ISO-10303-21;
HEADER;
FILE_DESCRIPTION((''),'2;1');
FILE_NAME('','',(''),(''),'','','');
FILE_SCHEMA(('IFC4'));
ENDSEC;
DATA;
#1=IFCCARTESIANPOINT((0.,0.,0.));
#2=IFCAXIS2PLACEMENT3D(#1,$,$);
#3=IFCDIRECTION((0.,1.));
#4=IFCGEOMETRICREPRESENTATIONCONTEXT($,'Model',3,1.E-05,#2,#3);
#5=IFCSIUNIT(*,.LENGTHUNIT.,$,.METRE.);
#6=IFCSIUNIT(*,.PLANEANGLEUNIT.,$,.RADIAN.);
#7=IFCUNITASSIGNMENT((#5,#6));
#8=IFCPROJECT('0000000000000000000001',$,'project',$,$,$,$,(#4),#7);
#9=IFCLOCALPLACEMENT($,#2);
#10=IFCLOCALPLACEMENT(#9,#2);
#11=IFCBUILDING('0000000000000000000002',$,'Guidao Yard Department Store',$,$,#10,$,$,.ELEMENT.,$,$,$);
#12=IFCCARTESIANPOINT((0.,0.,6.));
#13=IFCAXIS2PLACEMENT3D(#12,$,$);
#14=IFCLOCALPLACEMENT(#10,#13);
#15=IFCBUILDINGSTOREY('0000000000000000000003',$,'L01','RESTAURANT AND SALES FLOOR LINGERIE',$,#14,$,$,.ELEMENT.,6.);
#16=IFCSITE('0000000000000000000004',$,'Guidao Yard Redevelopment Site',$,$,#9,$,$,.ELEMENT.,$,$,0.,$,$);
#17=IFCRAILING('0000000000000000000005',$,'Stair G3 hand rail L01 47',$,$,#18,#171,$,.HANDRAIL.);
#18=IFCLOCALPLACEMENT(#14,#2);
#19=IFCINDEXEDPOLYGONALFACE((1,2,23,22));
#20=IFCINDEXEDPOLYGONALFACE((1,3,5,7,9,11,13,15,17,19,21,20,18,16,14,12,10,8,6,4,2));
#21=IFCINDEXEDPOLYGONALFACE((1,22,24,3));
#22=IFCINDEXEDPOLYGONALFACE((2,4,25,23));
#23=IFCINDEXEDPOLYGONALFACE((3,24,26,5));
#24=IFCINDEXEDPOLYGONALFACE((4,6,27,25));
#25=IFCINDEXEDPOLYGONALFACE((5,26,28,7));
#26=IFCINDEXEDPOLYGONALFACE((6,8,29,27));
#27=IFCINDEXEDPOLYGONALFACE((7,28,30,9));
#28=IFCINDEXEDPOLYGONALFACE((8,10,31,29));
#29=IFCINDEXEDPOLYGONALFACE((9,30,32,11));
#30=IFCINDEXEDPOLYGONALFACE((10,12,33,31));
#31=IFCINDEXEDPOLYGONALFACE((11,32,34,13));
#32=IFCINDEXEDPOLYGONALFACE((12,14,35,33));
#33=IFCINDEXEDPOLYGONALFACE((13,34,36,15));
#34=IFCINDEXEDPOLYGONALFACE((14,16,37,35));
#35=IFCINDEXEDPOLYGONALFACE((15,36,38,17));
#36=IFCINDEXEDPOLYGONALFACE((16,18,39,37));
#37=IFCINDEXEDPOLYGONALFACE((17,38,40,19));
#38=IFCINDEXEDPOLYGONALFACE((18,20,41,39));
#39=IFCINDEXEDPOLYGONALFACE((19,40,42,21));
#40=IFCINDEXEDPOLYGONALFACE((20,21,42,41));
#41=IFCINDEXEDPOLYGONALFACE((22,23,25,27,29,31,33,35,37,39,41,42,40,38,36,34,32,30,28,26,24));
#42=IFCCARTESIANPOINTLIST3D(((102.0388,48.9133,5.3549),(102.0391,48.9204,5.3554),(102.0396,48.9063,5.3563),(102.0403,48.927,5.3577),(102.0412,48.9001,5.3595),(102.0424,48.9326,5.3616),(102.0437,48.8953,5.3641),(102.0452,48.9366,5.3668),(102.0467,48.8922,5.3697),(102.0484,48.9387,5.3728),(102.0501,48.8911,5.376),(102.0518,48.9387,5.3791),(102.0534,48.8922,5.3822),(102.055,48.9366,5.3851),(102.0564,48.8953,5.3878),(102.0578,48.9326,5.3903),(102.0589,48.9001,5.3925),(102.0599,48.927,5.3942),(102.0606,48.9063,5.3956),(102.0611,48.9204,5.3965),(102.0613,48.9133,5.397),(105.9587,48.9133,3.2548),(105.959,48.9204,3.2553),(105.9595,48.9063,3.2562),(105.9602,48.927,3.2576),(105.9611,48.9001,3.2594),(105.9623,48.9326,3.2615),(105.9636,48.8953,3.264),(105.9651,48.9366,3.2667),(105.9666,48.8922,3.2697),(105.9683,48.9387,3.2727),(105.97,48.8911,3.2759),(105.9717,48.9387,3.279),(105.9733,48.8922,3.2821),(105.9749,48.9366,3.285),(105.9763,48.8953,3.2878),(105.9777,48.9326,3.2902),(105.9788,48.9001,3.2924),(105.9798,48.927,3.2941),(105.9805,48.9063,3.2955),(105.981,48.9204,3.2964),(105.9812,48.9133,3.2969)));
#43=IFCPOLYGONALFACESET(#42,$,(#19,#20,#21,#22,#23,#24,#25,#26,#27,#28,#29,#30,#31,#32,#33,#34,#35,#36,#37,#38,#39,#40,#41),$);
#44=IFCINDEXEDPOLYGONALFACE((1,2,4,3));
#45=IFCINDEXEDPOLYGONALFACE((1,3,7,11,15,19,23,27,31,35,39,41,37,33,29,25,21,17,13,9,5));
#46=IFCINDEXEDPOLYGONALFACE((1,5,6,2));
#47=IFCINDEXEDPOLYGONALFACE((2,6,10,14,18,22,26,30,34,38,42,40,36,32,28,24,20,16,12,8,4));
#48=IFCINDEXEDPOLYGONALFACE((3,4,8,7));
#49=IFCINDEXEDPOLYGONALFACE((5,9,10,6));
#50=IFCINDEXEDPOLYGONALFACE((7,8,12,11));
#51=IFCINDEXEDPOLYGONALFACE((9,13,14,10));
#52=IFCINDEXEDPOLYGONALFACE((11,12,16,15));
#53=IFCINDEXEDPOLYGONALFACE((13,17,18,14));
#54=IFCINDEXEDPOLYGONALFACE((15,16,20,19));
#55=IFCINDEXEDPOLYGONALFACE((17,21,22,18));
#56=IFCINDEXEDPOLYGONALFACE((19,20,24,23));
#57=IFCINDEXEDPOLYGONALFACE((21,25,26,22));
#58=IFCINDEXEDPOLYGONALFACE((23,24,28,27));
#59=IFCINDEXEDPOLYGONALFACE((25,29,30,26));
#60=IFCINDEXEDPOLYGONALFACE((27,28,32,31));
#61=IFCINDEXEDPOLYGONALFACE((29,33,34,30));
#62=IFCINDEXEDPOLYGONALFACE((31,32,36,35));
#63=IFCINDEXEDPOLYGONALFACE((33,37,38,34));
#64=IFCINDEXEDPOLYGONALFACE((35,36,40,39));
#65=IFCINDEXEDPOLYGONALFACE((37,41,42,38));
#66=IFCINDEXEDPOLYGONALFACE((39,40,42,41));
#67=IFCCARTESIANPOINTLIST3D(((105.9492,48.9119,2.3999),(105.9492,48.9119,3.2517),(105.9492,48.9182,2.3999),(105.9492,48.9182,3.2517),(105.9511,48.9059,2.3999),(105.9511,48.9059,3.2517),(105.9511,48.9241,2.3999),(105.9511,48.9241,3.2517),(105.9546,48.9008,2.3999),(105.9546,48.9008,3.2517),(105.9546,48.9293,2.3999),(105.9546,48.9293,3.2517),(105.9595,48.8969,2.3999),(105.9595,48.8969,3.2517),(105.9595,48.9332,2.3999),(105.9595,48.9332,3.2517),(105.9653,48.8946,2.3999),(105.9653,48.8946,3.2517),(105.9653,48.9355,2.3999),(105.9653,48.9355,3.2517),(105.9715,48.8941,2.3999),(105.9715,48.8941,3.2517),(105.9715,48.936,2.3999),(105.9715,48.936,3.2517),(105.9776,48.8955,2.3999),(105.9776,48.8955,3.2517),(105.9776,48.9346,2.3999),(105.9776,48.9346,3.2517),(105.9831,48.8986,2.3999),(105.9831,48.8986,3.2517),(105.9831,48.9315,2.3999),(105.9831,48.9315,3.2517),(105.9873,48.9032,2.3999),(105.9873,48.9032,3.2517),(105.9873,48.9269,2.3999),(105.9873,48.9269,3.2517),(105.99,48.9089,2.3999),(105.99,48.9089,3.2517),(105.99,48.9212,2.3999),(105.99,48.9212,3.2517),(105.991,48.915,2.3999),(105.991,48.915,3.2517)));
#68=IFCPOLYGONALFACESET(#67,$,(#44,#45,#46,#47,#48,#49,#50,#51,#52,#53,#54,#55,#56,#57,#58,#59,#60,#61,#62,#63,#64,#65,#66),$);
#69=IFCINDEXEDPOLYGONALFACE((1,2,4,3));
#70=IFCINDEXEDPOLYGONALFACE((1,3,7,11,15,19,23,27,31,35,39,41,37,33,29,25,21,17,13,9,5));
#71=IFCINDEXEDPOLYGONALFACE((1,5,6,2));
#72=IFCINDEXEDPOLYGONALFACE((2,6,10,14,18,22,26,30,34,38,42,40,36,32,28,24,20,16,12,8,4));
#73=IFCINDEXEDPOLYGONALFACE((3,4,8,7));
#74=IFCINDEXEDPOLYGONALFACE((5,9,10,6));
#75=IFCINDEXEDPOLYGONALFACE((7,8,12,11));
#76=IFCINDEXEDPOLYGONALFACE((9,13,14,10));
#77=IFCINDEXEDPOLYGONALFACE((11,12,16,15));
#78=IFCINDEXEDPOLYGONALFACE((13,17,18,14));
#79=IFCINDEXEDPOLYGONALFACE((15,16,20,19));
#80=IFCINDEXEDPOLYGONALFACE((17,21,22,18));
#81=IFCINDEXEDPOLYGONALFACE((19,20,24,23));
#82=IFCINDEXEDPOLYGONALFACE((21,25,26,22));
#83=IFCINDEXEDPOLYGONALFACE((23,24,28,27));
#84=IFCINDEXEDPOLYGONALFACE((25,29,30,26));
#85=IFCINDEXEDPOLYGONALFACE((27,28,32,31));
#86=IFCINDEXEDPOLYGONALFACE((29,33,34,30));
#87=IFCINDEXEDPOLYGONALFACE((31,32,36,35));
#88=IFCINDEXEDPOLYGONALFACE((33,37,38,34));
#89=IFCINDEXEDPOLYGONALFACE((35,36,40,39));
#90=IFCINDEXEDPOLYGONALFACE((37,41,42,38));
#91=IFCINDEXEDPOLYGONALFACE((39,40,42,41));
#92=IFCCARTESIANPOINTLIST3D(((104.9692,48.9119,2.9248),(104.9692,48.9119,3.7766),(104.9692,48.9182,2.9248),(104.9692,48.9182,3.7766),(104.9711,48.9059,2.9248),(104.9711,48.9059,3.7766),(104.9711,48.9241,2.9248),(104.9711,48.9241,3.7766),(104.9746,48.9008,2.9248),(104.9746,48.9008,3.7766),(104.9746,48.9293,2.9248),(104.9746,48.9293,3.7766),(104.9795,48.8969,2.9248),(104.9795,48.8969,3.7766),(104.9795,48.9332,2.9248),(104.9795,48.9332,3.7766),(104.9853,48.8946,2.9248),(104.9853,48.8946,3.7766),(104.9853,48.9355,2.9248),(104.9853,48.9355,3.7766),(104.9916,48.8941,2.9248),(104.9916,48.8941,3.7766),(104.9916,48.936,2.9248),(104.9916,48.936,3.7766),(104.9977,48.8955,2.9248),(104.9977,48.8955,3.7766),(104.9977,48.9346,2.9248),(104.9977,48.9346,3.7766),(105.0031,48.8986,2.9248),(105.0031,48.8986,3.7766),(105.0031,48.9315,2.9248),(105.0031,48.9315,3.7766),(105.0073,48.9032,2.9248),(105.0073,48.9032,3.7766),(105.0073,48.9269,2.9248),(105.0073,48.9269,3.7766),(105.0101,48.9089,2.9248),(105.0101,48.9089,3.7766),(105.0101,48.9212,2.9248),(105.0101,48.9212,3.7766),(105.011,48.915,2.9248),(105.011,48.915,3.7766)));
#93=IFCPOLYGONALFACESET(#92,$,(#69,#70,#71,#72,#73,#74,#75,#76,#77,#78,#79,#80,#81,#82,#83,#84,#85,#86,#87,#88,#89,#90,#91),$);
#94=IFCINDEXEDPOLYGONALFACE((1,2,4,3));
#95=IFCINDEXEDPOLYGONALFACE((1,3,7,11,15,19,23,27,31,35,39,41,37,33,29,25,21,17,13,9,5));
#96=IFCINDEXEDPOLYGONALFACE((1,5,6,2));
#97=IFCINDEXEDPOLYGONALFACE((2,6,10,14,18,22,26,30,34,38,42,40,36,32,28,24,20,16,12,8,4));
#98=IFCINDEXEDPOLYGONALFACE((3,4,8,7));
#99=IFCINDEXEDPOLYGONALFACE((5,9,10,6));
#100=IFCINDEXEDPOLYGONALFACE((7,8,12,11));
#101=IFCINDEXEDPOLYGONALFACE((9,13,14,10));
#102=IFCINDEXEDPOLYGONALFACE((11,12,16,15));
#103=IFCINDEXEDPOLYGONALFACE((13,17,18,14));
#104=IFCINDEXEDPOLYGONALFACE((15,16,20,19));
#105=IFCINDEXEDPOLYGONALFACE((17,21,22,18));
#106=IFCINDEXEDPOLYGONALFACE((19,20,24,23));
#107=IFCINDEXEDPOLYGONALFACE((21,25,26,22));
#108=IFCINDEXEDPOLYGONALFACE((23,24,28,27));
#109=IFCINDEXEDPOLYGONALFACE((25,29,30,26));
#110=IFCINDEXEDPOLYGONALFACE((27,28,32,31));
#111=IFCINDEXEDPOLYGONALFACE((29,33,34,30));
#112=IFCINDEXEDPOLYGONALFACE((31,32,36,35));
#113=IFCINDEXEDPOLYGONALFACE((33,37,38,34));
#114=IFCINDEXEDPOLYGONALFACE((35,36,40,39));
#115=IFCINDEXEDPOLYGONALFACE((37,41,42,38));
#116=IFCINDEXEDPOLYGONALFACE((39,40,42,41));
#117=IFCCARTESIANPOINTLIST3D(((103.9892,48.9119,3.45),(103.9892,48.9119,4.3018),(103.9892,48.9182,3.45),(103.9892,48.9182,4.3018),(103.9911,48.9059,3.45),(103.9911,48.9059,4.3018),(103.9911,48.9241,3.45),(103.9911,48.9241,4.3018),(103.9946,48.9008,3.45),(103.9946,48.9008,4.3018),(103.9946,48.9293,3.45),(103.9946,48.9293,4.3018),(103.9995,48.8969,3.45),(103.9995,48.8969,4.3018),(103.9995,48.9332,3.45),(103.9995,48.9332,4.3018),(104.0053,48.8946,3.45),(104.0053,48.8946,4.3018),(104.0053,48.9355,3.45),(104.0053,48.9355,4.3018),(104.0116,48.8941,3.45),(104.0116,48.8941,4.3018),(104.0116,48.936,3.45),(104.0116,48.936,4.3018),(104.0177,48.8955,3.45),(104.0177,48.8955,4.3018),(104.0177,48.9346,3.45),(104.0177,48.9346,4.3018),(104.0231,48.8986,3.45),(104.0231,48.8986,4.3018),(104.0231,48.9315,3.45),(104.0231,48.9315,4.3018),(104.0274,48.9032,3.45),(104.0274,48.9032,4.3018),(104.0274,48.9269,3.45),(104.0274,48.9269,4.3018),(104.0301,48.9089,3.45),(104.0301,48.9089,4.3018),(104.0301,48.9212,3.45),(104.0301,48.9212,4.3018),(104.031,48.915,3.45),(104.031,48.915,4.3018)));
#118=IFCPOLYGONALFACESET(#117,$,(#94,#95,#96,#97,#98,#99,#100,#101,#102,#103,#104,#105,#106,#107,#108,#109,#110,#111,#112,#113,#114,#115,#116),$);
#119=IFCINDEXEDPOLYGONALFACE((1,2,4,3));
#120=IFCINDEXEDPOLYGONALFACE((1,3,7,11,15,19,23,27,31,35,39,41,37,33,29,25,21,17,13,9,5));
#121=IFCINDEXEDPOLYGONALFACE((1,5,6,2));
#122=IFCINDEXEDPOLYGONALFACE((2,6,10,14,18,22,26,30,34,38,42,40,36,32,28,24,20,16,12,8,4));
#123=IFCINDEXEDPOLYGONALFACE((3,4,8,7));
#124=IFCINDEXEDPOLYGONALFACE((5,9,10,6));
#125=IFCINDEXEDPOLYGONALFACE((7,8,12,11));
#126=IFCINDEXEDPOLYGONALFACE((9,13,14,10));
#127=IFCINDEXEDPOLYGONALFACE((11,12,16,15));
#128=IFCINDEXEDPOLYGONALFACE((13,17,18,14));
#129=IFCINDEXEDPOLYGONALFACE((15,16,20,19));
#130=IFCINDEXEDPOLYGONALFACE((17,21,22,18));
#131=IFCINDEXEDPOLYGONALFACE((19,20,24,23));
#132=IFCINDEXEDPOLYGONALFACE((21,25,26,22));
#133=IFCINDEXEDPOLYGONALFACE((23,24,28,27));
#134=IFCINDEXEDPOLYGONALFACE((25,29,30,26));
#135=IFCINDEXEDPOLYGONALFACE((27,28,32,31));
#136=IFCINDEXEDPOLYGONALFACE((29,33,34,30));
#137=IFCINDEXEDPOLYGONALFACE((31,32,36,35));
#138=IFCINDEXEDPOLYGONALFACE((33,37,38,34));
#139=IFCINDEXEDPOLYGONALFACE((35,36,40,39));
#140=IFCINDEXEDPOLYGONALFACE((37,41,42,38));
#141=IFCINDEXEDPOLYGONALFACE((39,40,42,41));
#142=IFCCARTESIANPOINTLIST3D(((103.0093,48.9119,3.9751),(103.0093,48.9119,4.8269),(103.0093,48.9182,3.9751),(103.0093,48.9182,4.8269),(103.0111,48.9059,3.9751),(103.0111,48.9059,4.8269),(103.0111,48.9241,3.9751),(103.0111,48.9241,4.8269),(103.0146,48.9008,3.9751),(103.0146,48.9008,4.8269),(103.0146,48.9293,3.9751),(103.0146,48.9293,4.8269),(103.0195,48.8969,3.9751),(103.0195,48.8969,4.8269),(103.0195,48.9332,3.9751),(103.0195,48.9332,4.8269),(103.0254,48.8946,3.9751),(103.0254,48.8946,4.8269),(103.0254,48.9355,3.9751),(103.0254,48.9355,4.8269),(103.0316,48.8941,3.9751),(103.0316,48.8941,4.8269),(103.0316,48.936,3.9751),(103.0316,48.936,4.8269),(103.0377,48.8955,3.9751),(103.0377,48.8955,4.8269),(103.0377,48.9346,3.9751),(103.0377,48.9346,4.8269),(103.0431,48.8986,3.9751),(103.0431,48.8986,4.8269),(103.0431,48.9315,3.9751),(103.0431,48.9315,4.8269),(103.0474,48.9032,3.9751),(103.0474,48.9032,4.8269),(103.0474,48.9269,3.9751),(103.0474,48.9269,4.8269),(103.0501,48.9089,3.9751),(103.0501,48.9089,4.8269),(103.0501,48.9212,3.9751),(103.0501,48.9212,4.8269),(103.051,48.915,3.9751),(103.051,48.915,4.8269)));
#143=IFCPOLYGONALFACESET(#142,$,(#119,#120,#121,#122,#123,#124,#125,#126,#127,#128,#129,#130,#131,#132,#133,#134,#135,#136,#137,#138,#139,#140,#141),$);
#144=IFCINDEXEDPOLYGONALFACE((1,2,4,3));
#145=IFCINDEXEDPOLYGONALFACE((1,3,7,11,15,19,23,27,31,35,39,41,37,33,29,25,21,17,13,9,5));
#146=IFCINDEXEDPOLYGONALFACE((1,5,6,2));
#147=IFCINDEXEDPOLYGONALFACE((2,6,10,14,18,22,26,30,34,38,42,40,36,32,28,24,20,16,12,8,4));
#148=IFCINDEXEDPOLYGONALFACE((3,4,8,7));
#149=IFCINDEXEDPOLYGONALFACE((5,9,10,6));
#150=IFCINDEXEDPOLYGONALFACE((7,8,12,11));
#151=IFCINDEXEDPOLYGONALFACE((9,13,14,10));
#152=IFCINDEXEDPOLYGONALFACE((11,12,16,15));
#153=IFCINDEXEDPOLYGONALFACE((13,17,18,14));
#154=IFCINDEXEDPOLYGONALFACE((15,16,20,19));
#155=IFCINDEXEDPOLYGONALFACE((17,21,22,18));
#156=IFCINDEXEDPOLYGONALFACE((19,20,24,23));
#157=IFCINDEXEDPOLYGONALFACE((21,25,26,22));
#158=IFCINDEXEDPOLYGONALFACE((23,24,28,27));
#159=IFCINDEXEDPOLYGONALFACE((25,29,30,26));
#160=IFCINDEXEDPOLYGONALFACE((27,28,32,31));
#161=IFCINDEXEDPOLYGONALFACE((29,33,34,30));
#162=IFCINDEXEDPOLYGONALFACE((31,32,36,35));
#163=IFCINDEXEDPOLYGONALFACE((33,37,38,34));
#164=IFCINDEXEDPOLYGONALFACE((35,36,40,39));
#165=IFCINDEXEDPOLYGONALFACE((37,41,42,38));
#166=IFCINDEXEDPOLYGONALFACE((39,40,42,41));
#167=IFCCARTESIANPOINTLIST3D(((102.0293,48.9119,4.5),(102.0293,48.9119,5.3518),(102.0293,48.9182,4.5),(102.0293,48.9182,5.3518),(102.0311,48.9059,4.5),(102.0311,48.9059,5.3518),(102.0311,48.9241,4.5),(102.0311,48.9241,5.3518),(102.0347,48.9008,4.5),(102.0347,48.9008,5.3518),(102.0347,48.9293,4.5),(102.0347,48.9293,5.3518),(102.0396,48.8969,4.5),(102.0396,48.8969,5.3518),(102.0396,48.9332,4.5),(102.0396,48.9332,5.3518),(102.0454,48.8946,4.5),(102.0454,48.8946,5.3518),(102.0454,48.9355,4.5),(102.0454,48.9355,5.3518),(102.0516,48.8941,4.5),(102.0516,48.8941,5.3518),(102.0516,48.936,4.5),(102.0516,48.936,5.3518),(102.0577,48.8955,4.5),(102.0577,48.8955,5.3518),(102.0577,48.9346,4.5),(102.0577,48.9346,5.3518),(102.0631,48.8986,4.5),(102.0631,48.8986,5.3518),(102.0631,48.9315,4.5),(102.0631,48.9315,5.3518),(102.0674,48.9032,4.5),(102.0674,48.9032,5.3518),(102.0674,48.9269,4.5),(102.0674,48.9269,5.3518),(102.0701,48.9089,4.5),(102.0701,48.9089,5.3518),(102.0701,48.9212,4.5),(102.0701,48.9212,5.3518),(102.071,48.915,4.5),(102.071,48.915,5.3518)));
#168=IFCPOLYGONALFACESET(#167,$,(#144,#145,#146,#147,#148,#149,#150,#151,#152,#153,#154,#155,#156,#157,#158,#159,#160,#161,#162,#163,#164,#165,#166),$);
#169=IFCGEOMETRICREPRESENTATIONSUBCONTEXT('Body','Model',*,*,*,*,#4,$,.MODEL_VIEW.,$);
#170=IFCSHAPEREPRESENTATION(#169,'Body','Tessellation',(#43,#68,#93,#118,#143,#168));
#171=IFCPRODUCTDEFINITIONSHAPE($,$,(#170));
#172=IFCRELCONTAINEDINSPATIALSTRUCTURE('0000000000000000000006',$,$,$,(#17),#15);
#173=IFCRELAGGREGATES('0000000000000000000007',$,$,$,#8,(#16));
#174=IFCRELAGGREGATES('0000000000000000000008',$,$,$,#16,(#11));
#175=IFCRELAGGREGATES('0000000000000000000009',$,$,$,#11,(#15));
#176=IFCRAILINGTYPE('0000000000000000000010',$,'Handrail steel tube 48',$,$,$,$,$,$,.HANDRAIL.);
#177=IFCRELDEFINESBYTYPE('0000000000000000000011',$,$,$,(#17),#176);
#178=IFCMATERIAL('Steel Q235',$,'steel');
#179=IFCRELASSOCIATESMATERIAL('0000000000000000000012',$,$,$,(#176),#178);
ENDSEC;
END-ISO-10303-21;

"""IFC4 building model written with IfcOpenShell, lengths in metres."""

from ifc_helpers import new_model, si_unit, direction, frame, origin, origin_2d, place, context, subcontext, project, spatial, circle, extrude, material, type_object, element, save


model = new_model("IFC4")

# Units and contexts
model_context = context("Model", 3, precision=1e-05, world=origin(), true_north=direction((0.0, 1.0)))
body_context = subcontext(model_context, "Body", "Model", "MODEL_VIEW")
ifc_project = project(units=[si_unit("LENGTHUNIT", "METRE"), si_unit("PLANEANGLEUNIT", "RADIAN")], contexts=[model_context])

# Site, building, storey
site_placement = place(None, origin())
site = spatial("IfcSite", under=ifc_project, at=site_placement, Name="Guidao Yard Redevelopment Site", CompositionType="ELEMENT", RefElevation=0.0)
building_placement = place(site_placement, origin())
building = spatial("IfcBuilding", under=site, at=building_placement, Name="Guidao Yard Department Store", CompositionType="ELEMENT")
storey_placement = place(building_placement, frame((0.0, 0.0, 6.0)))
storey = spatial("IfcBuildingStorey", under=building, at=storey_placement, Name="L01", Description="RESTAURANT AND SALES FLOOR LINGERIE", CompositionType="ELEMENT", Elevation=6.0)

# Railing
ifc_material_1 = material(Name="Steel Q235", Category="steel")
railing_type_1 = type_object("IfcRailingType", Name="Handrail steel tube 48", PredefinedType="HANDRAIL", material=ifc_material_1)
for number, where, name in (
    (1, (105.97, 48.915, 2.3999), "Stair G3 hand rail L01 47"),
):
    element("IfcRailing", number, at=place(storey_placement, frame(where)), inside=storey, type_object=railing_type_1, Name=name, PredefinedType="HANDRAIL", context=body_context, shape_type="SweptSolid", body=[
        extrude(circle(Radius=0.0239, at=origin_2d()), frame((0.0, 0.0, 0.876), z_axis=(-0.881467, 0.0, 0.472246), x_axis=(0.0, -1.0, 0.0)), (0.0, 0.0, 1.0), 4.447),
        extrude(circle(Radius=0.021, at=origin_2d()), origin(), (0.0, 0.0, 1.0), 0.8518),
        extrude(circle(Radius=0.021, at=origin_2d()), frame((-0.98, 0.0, 0.5249)), (0.0, 0.0, 1.0), 0.8518),
        extrude(circle(Radius=0.021, at=origin_2d()), frame((-1.96, 0.0, 1.05)), (0.0, 0.0, 1.0), 0.8518),
        extrude(circle(Radius=0.021, at=origin_2d()), frame((-2.9399, 0.0, 1.5752)), (0.0, 0.0, 1.0), 0.8518),
        extrude(circle(Radius=0.021, at=origin_2d()), frame((-3.9199, 0.0, 2.1001)), (0.0, 0.0, 1.0), 0.8518),
    ])

save(model, "model.ifc")
